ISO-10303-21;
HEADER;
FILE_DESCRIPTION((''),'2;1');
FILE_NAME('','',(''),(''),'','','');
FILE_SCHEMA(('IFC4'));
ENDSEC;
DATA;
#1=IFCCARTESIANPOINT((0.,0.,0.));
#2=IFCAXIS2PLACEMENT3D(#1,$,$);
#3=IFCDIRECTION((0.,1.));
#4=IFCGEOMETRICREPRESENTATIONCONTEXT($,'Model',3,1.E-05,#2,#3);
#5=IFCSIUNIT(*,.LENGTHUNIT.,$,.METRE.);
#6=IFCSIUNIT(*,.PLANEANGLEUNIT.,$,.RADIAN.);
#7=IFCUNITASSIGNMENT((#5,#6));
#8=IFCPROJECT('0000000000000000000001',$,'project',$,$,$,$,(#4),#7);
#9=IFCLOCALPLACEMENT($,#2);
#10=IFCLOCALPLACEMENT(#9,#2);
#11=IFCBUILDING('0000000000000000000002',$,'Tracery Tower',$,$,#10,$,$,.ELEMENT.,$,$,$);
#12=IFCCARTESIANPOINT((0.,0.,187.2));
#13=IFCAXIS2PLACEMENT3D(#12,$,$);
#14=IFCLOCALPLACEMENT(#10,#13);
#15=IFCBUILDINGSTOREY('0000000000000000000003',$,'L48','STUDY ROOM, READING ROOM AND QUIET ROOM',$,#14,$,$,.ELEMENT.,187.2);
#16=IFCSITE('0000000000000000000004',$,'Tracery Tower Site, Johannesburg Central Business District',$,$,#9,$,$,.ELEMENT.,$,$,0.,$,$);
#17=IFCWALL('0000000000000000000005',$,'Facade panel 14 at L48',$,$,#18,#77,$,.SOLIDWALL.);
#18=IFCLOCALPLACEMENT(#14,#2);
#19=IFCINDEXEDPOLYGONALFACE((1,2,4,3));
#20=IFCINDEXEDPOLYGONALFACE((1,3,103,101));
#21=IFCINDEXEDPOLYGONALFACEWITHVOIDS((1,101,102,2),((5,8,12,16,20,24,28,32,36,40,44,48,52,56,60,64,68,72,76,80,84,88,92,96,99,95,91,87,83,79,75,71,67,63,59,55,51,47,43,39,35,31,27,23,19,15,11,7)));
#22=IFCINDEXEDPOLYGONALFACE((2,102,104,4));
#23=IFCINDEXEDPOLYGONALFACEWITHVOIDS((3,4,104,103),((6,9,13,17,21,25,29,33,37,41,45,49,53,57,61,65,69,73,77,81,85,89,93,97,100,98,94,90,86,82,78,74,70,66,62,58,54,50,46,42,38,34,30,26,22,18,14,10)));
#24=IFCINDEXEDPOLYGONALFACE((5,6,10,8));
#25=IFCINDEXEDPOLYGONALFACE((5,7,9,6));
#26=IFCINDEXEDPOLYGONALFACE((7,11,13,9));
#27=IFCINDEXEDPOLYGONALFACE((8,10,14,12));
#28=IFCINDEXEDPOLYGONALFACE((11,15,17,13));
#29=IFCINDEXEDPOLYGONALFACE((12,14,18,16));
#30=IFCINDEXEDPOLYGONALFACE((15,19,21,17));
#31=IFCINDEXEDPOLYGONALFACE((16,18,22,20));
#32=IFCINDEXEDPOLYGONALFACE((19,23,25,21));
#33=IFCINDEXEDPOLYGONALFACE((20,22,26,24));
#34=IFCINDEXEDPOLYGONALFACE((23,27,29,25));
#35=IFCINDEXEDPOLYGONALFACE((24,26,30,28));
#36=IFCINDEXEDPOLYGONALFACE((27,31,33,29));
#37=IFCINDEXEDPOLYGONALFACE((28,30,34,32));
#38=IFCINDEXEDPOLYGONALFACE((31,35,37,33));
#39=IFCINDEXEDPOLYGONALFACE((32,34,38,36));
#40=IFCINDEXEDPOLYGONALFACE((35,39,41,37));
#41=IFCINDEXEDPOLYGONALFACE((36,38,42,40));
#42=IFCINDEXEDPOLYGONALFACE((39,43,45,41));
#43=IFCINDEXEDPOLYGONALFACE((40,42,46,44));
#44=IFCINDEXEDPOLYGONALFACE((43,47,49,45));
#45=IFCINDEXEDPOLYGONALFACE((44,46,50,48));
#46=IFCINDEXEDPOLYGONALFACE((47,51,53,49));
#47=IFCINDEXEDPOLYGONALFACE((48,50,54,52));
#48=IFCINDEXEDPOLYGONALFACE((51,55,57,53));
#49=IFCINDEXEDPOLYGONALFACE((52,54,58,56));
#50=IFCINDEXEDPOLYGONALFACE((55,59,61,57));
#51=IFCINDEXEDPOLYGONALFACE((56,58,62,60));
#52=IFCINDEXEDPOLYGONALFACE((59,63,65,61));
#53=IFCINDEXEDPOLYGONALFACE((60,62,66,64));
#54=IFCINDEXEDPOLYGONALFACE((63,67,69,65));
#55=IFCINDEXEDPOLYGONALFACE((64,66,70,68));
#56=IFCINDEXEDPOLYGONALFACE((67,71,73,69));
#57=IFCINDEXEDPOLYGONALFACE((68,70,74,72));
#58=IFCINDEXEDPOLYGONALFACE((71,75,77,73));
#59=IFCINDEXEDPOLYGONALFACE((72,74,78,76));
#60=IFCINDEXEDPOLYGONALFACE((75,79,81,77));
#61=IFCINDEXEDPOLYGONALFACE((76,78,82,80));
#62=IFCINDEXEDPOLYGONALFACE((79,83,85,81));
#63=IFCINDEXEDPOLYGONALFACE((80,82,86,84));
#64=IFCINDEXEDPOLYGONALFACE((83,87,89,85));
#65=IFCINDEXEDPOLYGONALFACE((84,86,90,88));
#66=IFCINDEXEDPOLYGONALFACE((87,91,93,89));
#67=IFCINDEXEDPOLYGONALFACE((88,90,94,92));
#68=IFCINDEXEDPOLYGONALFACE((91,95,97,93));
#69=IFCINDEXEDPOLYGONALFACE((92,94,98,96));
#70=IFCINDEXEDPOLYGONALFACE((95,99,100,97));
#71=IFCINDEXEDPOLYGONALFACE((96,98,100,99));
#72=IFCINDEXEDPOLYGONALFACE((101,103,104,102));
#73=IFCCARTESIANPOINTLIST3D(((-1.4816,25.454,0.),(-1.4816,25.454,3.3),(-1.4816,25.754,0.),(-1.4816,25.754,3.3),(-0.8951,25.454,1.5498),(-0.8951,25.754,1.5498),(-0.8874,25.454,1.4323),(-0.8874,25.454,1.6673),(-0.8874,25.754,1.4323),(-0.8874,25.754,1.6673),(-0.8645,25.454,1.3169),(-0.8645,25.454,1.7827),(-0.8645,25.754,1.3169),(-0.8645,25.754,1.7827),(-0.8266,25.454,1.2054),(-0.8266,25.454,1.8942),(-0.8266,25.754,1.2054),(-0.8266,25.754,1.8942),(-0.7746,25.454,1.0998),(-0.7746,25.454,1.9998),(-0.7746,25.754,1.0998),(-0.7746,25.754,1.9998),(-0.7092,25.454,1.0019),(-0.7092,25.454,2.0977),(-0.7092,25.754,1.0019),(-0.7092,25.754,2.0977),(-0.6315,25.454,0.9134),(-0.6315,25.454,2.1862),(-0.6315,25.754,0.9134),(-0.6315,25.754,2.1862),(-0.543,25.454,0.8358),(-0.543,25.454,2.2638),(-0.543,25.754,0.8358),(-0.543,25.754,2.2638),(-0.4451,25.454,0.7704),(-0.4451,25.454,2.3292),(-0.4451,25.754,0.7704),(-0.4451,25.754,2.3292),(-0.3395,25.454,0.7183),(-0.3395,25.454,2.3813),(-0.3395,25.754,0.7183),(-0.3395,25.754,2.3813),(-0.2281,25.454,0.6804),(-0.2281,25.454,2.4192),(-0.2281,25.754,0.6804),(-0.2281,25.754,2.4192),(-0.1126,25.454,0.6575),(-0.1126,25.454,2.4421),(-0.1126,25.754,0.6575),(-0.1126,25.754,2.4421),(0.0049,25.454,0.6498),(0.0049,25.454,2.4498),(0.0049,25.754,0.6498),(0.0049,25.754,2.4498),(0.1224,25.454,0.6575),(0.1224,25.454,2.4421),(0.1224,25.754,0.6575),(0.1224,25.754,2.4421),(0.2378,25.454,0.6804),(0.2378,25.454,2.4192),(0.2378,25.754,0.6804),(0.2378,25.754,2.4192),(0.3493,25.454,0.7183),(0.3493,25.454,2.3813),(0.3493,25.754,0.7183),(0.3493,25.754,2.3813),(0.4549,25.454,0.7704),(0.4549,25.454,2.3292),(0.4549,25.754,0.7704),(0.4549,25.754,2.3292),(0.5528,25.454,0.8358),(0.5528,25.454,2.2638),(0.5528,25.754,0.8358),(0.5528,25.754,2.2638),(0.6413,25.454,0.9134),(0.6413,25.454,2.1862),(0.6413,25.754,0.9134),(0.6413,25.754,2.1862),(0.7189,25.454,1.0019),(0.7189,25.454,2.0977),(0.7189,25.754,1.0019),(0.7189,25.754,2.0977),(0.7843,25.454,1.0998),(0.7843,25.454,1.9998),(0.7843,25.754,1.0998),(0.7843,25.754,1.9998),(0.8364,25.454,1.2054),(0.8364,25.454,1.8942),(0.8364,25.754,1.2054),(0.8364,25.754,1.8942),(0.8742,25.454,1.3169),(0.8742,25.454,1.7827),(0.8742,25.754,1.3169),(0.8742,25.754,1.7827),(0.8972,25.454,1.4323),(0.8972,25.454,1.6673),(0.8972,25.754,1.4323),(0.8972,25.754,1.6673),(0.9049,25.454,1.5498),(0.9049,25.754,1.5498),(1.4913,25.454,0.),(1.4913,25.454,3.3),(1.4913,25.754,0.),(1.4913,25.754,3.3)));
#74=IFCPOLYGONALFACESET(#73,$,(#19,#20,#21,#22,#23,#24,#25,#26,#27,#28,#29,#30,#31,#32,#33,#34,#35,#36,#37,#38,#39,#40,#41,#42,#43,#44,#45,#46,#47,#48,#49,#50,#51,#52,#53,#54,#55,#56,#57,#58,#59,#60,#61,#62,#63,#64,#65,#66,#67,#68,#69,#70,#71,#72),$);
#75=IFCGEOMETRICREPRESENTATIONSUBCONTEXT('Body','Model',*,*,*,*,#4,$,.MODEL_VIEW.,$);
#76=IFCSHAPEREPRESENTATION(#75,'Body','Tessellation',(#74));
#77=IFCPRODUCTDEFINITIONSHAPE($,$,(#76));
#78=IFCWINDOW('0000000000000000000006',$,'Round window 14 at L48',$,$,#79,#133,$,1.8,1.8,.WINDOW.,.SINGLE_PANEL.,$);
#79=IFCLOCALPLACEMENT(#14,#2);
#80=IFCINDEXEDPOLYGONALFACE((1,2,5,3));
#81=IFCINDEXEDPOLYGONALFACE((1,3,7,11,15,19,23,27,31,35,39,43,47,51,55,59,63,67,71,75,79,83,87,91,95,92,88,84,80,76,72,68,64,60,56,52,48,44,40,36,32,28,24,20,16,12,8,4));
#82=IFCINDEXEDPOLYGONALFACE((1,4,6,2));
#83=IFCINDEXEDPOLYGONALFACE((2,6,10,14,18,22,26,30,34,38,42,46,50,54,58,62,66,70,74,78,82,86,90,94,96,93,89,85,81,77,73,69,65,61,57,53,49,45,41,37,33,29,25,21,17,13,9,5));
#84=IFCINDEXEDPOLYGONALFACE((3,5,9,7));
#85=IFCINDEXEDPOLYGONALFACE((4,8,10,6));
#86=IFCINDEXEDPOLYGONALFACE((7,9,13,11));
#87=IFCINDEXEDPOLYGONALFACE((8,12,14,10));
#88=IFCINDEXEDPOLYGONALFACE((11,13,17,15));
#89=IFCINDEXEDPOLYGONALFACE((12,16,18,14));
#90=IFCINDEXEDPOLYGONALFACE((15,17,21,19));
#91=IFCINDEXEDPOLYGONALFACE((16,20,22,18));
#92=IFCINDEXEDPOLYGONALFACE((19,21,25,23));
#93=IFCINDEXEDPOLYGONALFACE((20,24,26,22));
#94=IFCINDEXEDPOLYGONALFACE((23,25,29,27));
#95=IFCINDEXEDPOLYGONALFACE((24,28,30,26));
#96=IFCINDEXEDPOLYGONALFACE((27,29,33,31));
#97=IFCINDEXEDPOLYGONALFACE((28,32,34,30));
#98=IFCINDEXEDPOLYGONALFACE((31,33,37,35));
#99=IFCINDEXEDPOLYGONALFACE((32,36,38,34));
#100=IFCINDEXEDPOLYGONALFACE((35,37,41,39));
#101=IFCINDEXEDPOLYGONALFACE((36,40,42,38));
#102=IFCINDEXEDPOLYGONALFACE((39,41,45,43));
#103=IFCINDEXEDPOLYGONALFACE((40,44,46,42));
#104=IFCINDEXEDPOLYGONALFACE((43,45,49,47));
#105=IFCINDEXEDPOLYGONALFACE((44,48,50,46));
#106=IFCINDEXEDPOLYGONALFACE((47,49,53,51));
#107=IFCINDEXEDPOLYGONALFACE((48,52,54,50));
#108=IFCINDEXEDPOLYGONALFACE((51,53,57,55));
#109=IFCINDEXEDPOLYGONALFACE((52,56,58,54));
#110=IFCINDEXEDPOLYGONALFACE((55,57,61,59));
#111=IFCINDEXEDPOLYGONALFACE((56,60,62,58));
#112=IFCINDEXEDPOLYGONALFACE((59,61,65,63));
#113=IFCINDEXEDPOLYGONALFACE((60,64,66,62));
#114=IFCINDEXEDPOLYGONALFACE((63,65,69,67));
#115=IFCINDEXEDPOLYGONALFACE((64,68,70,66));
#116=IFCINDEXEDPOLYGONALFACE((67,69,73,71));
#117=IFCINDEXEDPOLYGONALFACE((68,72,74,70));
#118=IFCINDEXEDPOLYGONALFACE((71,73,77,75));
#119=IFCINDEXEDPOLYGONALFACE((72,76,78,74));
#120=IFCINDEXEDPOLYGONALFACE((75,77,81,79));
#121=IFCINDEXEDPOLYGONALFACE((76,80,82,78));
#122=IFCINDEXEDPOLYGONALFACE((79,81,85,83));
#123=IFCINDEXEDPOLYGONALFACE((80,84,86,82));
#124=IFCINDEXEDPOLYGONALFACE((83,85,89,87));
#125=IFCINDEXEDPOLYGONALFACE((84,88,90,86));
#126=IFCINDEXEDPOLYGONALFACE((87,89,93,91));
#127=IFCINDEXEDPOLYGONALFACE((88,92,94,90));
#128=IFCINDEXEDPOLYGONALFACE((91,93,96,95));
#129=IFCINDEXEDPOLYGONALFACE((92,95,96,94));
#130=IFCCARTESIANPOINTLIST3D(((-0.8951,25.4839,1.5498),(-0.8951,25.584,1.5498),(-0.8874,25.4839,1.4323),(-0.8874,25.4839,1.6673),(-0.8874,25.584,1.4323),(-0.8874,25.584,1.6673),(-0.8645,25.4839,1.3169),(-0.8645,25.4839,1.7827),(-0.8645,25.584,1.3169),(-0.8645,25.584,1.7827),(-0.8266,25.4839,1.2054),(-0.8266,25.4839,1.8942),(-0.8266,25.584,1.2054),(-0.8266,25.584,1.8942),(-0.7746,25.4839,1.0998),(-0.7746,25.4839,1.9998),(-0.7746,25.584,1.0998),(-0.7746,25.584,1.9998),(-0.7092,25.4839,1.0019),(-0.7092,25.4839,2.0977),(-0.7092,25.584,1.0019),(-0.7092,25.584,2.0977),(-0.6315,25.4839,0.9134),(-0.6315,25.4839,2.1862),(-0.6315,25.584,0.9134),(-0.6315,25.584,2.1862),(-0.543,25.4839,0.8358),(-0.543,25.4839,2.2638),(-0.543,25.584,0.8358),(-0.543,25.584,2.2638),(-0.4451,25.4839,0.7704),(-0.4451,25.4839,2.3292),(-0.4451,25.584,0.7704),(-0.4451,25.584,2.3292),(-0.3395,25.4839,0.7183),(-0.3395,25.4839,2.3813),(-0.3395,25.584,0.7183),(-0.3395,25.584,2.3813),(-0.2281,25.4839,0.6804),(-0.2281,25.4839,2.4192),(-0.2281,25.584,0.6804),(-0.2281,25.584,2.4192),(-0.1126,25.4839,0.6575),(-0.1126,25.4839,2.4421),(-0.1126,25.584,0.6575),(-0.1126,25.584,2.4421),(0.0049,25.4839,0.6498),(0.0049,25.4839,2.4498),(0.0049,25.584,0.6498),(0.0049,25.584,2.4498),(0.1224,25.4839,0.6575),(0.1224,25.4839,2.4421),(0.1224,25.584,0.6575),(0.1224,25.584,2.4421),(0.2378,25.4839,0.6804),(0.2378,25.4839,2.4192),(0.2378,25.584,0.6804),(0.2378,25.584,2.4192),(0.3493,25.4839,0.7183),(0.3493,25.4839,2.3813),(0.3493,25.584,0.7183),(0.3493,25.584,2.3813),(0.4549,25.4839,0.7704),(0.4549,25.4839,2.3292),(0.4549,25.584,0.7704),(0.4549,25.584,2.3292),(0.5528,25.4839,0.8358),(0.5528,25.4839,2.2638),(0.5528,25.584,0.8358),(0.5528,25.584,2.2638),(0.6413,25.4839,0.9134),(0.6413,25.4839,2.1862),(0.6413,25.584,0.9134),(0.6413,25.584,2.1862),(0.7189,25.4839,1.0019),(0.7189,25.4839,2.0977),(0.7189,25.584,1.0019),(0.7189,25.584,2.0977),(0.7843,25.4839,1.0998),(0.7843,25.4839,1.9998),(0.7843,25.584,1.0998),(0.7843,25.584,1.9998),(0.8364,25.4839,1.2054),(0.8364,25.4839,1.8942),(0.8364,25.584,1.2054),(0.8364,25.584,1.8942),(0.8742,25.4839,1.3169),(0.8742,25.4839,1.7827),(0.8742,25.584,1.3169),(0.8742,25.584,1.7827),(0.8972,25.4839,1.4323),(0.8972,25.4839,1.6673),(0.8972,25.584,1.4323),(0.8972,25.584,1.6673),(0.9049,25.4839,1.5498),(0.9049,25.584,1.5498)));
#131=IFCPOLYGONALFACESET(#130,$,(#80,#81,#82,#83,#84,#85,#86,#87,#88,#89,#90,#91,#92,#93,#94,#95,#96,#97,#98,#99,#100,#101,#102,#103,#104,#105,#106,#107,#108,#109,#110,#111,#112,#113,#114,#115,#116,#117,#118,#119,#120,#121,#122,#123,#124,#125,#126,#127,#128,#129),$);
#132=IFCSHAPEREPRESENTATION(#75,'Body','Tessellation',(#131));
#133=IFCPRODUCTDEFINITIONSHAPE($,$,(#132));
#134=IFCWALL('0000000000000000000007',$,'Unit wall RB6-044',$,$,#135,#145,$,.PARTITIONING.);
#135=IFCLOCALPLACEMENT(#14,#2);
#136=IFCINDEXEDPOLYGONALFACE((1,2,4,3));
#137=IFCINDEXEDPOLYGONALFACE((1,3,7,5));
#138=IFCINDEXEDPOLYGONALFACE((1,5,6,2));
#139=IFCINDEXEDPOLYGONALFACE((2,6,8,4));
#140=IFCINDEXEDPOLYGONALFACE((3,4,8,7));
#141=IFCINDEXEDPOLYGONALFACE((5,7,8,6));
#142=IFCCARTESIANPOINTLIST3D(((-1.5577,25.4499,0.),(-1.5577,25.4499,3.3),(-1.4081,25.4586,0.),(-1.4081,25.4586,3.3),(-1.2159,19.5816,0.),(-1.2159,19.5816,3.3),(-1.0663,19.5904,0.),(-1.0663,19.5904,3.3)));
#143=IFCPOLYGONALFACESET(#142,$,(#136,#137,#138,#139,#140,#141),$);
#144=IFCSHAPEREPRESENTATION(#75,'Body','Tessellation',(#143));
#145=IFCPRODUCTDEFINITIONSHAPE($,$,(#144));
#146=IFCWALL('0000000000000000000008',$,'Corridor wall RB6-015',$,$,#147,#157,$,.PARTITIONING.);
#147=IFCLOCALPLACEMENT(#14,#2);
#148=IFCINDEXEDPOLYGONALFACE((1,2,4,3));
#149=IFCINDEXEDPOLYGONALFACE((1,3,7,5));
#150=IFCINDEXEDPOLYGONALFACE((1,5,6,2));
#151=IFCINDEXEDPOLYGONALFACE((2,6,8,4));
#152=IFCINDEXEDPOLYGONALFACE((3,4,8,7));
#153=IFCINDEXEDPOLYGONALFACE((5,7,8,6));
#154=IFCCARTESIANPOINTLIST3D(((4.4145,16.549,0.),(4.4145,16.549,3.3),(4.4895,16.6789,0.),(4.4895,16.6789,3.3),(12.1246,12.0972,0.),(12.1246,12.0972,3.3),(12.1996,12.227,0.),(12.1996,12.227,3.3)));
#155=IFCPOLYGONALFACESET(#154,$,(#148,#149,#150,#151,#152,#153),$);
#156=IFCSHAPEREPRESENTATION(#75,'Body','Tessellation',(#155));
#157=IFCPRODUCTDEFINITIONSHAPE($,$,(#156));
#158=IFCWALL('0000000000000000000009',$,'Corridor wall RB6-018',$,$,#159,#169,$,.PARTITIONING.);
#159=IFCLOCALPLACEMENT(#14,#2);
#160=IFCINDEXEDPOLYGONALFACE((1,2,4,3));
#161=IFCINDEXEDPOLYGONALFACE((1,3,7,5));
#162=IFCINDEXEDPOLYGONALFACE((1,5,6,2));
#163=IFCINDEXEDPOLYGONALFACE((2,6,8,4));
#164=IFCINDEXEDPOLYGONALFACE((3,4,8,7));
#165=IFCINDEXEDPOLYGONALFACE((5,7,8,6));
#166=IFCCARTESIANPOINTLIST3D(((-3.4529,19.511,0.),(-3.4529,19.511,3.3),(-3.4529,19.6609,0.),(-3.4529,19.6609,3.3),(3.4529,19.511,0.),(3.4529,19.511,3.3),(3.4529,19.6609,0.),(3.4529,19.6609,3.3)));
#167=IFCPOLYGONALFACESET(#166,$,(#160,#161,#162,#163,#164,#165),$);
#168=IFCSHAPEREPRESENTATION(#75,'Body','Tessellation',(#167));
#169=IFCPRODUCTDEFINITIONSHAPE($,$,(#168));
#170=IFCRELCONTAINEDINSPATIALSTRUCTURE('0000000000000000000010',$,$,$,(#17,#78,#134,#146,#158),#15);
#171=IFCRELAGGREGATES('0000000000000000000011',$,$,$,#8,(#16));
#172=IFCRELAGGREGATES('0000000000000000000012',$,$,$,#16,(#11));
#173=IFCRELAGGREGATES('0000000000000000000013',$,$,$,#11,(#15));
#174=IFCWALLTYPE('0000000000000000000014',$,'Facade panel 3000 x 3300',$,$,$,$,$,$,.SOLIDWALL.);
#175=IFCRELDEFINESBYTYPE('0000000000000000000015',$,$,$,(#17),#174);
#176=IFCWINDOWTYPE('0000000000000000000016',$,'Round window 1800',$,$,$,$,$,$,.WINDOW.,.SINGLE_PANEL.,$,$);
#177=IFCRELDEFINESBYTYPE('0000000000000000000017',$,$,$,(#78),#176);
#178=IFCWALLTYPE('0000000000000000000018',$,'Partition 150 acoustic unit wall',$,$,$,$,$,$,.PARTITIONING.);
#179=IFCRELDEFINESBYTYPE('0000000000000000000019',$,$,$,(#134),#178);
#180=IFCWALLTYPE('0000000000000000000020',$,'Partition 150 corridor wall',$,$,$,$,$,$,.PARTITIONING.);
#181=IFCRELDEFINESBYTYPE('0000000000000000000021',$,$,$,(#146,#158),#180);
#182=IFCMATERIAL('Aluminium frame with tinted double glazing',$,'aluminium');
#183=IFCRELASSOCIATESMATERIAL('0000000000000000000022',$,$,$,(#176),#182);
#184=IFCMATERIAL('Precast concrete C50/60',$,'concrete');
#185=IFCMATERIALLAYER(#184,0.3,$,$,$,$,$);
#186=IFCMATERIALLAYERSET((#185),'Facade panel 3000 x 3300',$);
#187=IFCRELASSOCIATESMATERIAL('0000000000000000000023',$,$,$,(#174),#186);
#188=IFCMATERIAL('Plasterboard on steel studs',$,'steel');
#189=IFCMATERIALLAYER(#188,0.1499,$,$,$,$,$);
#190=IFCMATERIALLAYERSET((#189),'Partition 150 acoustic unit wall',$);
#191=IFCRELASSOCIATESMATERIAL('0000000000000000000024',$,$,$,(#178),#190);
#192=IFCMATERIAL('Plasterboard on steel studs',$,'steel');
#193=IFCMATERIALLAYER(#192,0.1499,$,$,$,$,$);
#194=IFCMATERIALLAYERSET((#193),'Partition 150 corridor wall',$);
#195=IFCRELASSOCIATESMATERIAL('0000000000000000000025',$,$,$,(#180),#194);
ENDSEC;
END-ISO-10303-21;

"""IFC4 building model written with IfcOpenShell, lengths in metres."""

from ifc_helpers import new_model, si_unit, direction, frame, frame_2d, origin, origin_2d, place, context, subcontext, project, spatial, rectangle, circle, extrude, material, layer, layer_set, type_object, element, fill, save


model = new_model("IFC4")

# Units and contexts
model_context = context("Model", 3, precision=1e-05, world=origin(), true_north=direction((0.0, 1.0)))
body_context = subcontext(model_context, "Body", "Model", "MODEL_VIEW")
ifc_project = project(units=[si_unit("LENGTHUNIT", "METRE"), si_unit("PLANEANGLEUNIT", "RADIAN")], contexts=[model_context])

# Site, building, storey
site_placement = place(None, origin())
site = spatial("IfcSite", under=ifc_project, at=site_placement, Name="Tracery Tower Site, Johannesburg Central Business District", CompositionType="ELEMENT", RefElevation=0.0)
building_placement = place(site_placement, origin())
building = spatial("IfcBuilding", under=site, at=building_placement, Name="Tracery Tower", CompositionType="ELEMENT")
storey_placement = place(building_placement, frame((0.0, 0.0, 187.2)))
storey = spatial("IfcBuildingStorey", under=building, at=storey_placement, Name="L48", Description="STUDY ROOM, READING ROOM AND QUIET ROOM", CompositionType="ELEMENT", Elevation=187.2)

# Wall, opening, window
ifc_material_1 = material(Name="Aluminium frame with tinted double glazing", Category="aluminium")
window_type = type_object("IfcWindowType", Name="Round window 1800", PartitioningType="SINGLE_PANEL", PredefinedType="WINDOW", material=ifc_material_1)
ifc_material_2 = material(Name="Precast concrete C50/60", Category="concrete")
ifc_layer_1 = layer(ifc_material_2, 0.3)
ifc_layer_set_1 = layer_set([ifc_layer_1], Name="Facade panel 3000 x 3300")
wall_type_1 = type_object("IfcWallType", Name="Facade panel 3000 x 3300", PredefinedType="SOLIDWALL", material=ifc_layer_set_1)
wall_1_placement = place(storey_placement, frame((1.4912, 25.604, 0.0), z_axis=(0.0, 0.0, 1.0), x_axis=(-1.0, 0.0, 0.0)))
wall_1 = element("IfcWall", 1, at=wall_1_placement, inside=storey, type_object=wall_type_1, Name="Facade panel 14 at L48", PredefinedType="SOLIDWALL", context=body_context, shape_type="SweptSolid", body=[
    extrude(rectangle(XDim=2.9729, YDim=0.3, at=frame_2d((1.4863, 0.0))), origin(), (0.0, 0.0, 1.0), 3.3),
])
opening_1_placement = place(wall_1_placement, frame((1.4863, 0.0, 1.5498)))
opening_1 = element("IfcOpeningElement", 2, at=opening_1_placement, cuts=wall_1, PredefinedType="OPENING", context=body_context, shape_type="SweptSolid", body=[
    extrude(circle(Radius=0.9, at=origin_2d()), frame((0.0, 0.1599, 0.0), z_axis=(0.0, -1.0, 0.0), x_axis=(1.0, 0.0, 0.0)), (0.0, 0.0, 1.0), 0.3201),
])
window_1_placement = place(opening_1_placement, origin())
window_1 = element("IfcWindow", 3, at=window_1_placement, inside=storey, type_object=window_type, Name="Round window 14 at L48", OverallHeight=1.8, OverallWidth=1.8, PartitioningType="SINGLE_PANEL", PredefinedType="WINDOW", context=body_context, shape_type="SweptSolid", body=[
    extrude(circle(Radius=0.9, at=origin_2d()), frame((0.0, 0.1201, 0.0), z_axis=(0.0, -1.0, 0.0), x_axis=(1.0, 0.0, 0.0)), (0.0, 0.0, 1.0), 0.1001),
])
fill(opening_1, window_1)

# Walls
ifc_material_3 = material(Name="Plasterboard on steel studs", Category="steel")
ifc_layer_2 = layer(ifc_material_3, 0.1499)
ifc_layer_set_2 = layer_set([ifc_layer_2], Name="Partition 150 acoustic unit wall")
wall_type_2 = type_object("IfcWallType", Name="Partition 150 acoustic unit wall", PredefinedType="PARTITIONING", material=ifc_layer_set_2)
wall_2_placement = place(storey_placement, frame((-1.4829, 25.4541, 0.0), z_axis=(0.0, 0.0, 1.0), x_axis=(0.058147, -0.998308, 0.0)))
element("IfcWall", 4, at=wall_2_placement, inside=storey, type_object=wall_type_2, Name="Unit wall RB6-044", PredefinedType="PARTITIONING", context=body_context, shape_type="SweptSolid", body=[
    extrude(rectangle(XDim=5.8782, YDim=0.1499, at=frame_2d((2.939, 0.0))), origin(), (0.0, 0.0, 1.0), 3.3),
])
ifc_material_4 = material(Name="Plasterboard on steel studs", Category="steel")
ifc_layer_3 = layer(ifc_material_4, 0.1499)
ifc_layer_set_3 = layer_set([ifc_layer_3], Name="Partition 150 corridor wall")
wall_type_3 = type_object("IfcWallType", Name="Partition 150 corridor wall", PredefinedType="PARTITIONING", material=ifc_layer_set_3)
wall_3_placement = place(storey_placement, frame((4.4519, 16.614, 0.0), z_axis=(0.0, 0.0, 1.0), x_axis=(0.866005, -0.500035, 0.0)))
element("IfcWall", 5, at=wall_3_placement, inside=storey, type_object=wall_type_3, Name="Corridor wall RB6-015", PredefinedType="PARTITIONING", context=body_context, shape_type="SweptSolid", body=[
    extrude(rectangle(XDim=8.9031, YDim=0.1499, at=frame_2d((4.4517, 0.0))), origin(), (0.0, 0.0, 1.0), 3.3),
])
wall_4_placement = place(storey_placement, frame((-3.4529, 19.5859, 0.0), z_axis=(0.0, 0.0, 1.0), x_axis=(1.0, 0.0, 0.0)))
element("IfcWall", 6, at=wall_4_placement, inside=storey, type_object=wall_type_3, Name="Corridor wall RB6-018", PredefinedType="PARTITIONING", context=body_context, shape_type="SweptSolid", body=[
    extrude(rectangle(XDim=6.9058, YDim=0.1499, at=frame_2d((3.4529, 0.0))), origin(), (0.0, 0.0, 1.0), 3.3),
])

save(model, "model.ifc")
